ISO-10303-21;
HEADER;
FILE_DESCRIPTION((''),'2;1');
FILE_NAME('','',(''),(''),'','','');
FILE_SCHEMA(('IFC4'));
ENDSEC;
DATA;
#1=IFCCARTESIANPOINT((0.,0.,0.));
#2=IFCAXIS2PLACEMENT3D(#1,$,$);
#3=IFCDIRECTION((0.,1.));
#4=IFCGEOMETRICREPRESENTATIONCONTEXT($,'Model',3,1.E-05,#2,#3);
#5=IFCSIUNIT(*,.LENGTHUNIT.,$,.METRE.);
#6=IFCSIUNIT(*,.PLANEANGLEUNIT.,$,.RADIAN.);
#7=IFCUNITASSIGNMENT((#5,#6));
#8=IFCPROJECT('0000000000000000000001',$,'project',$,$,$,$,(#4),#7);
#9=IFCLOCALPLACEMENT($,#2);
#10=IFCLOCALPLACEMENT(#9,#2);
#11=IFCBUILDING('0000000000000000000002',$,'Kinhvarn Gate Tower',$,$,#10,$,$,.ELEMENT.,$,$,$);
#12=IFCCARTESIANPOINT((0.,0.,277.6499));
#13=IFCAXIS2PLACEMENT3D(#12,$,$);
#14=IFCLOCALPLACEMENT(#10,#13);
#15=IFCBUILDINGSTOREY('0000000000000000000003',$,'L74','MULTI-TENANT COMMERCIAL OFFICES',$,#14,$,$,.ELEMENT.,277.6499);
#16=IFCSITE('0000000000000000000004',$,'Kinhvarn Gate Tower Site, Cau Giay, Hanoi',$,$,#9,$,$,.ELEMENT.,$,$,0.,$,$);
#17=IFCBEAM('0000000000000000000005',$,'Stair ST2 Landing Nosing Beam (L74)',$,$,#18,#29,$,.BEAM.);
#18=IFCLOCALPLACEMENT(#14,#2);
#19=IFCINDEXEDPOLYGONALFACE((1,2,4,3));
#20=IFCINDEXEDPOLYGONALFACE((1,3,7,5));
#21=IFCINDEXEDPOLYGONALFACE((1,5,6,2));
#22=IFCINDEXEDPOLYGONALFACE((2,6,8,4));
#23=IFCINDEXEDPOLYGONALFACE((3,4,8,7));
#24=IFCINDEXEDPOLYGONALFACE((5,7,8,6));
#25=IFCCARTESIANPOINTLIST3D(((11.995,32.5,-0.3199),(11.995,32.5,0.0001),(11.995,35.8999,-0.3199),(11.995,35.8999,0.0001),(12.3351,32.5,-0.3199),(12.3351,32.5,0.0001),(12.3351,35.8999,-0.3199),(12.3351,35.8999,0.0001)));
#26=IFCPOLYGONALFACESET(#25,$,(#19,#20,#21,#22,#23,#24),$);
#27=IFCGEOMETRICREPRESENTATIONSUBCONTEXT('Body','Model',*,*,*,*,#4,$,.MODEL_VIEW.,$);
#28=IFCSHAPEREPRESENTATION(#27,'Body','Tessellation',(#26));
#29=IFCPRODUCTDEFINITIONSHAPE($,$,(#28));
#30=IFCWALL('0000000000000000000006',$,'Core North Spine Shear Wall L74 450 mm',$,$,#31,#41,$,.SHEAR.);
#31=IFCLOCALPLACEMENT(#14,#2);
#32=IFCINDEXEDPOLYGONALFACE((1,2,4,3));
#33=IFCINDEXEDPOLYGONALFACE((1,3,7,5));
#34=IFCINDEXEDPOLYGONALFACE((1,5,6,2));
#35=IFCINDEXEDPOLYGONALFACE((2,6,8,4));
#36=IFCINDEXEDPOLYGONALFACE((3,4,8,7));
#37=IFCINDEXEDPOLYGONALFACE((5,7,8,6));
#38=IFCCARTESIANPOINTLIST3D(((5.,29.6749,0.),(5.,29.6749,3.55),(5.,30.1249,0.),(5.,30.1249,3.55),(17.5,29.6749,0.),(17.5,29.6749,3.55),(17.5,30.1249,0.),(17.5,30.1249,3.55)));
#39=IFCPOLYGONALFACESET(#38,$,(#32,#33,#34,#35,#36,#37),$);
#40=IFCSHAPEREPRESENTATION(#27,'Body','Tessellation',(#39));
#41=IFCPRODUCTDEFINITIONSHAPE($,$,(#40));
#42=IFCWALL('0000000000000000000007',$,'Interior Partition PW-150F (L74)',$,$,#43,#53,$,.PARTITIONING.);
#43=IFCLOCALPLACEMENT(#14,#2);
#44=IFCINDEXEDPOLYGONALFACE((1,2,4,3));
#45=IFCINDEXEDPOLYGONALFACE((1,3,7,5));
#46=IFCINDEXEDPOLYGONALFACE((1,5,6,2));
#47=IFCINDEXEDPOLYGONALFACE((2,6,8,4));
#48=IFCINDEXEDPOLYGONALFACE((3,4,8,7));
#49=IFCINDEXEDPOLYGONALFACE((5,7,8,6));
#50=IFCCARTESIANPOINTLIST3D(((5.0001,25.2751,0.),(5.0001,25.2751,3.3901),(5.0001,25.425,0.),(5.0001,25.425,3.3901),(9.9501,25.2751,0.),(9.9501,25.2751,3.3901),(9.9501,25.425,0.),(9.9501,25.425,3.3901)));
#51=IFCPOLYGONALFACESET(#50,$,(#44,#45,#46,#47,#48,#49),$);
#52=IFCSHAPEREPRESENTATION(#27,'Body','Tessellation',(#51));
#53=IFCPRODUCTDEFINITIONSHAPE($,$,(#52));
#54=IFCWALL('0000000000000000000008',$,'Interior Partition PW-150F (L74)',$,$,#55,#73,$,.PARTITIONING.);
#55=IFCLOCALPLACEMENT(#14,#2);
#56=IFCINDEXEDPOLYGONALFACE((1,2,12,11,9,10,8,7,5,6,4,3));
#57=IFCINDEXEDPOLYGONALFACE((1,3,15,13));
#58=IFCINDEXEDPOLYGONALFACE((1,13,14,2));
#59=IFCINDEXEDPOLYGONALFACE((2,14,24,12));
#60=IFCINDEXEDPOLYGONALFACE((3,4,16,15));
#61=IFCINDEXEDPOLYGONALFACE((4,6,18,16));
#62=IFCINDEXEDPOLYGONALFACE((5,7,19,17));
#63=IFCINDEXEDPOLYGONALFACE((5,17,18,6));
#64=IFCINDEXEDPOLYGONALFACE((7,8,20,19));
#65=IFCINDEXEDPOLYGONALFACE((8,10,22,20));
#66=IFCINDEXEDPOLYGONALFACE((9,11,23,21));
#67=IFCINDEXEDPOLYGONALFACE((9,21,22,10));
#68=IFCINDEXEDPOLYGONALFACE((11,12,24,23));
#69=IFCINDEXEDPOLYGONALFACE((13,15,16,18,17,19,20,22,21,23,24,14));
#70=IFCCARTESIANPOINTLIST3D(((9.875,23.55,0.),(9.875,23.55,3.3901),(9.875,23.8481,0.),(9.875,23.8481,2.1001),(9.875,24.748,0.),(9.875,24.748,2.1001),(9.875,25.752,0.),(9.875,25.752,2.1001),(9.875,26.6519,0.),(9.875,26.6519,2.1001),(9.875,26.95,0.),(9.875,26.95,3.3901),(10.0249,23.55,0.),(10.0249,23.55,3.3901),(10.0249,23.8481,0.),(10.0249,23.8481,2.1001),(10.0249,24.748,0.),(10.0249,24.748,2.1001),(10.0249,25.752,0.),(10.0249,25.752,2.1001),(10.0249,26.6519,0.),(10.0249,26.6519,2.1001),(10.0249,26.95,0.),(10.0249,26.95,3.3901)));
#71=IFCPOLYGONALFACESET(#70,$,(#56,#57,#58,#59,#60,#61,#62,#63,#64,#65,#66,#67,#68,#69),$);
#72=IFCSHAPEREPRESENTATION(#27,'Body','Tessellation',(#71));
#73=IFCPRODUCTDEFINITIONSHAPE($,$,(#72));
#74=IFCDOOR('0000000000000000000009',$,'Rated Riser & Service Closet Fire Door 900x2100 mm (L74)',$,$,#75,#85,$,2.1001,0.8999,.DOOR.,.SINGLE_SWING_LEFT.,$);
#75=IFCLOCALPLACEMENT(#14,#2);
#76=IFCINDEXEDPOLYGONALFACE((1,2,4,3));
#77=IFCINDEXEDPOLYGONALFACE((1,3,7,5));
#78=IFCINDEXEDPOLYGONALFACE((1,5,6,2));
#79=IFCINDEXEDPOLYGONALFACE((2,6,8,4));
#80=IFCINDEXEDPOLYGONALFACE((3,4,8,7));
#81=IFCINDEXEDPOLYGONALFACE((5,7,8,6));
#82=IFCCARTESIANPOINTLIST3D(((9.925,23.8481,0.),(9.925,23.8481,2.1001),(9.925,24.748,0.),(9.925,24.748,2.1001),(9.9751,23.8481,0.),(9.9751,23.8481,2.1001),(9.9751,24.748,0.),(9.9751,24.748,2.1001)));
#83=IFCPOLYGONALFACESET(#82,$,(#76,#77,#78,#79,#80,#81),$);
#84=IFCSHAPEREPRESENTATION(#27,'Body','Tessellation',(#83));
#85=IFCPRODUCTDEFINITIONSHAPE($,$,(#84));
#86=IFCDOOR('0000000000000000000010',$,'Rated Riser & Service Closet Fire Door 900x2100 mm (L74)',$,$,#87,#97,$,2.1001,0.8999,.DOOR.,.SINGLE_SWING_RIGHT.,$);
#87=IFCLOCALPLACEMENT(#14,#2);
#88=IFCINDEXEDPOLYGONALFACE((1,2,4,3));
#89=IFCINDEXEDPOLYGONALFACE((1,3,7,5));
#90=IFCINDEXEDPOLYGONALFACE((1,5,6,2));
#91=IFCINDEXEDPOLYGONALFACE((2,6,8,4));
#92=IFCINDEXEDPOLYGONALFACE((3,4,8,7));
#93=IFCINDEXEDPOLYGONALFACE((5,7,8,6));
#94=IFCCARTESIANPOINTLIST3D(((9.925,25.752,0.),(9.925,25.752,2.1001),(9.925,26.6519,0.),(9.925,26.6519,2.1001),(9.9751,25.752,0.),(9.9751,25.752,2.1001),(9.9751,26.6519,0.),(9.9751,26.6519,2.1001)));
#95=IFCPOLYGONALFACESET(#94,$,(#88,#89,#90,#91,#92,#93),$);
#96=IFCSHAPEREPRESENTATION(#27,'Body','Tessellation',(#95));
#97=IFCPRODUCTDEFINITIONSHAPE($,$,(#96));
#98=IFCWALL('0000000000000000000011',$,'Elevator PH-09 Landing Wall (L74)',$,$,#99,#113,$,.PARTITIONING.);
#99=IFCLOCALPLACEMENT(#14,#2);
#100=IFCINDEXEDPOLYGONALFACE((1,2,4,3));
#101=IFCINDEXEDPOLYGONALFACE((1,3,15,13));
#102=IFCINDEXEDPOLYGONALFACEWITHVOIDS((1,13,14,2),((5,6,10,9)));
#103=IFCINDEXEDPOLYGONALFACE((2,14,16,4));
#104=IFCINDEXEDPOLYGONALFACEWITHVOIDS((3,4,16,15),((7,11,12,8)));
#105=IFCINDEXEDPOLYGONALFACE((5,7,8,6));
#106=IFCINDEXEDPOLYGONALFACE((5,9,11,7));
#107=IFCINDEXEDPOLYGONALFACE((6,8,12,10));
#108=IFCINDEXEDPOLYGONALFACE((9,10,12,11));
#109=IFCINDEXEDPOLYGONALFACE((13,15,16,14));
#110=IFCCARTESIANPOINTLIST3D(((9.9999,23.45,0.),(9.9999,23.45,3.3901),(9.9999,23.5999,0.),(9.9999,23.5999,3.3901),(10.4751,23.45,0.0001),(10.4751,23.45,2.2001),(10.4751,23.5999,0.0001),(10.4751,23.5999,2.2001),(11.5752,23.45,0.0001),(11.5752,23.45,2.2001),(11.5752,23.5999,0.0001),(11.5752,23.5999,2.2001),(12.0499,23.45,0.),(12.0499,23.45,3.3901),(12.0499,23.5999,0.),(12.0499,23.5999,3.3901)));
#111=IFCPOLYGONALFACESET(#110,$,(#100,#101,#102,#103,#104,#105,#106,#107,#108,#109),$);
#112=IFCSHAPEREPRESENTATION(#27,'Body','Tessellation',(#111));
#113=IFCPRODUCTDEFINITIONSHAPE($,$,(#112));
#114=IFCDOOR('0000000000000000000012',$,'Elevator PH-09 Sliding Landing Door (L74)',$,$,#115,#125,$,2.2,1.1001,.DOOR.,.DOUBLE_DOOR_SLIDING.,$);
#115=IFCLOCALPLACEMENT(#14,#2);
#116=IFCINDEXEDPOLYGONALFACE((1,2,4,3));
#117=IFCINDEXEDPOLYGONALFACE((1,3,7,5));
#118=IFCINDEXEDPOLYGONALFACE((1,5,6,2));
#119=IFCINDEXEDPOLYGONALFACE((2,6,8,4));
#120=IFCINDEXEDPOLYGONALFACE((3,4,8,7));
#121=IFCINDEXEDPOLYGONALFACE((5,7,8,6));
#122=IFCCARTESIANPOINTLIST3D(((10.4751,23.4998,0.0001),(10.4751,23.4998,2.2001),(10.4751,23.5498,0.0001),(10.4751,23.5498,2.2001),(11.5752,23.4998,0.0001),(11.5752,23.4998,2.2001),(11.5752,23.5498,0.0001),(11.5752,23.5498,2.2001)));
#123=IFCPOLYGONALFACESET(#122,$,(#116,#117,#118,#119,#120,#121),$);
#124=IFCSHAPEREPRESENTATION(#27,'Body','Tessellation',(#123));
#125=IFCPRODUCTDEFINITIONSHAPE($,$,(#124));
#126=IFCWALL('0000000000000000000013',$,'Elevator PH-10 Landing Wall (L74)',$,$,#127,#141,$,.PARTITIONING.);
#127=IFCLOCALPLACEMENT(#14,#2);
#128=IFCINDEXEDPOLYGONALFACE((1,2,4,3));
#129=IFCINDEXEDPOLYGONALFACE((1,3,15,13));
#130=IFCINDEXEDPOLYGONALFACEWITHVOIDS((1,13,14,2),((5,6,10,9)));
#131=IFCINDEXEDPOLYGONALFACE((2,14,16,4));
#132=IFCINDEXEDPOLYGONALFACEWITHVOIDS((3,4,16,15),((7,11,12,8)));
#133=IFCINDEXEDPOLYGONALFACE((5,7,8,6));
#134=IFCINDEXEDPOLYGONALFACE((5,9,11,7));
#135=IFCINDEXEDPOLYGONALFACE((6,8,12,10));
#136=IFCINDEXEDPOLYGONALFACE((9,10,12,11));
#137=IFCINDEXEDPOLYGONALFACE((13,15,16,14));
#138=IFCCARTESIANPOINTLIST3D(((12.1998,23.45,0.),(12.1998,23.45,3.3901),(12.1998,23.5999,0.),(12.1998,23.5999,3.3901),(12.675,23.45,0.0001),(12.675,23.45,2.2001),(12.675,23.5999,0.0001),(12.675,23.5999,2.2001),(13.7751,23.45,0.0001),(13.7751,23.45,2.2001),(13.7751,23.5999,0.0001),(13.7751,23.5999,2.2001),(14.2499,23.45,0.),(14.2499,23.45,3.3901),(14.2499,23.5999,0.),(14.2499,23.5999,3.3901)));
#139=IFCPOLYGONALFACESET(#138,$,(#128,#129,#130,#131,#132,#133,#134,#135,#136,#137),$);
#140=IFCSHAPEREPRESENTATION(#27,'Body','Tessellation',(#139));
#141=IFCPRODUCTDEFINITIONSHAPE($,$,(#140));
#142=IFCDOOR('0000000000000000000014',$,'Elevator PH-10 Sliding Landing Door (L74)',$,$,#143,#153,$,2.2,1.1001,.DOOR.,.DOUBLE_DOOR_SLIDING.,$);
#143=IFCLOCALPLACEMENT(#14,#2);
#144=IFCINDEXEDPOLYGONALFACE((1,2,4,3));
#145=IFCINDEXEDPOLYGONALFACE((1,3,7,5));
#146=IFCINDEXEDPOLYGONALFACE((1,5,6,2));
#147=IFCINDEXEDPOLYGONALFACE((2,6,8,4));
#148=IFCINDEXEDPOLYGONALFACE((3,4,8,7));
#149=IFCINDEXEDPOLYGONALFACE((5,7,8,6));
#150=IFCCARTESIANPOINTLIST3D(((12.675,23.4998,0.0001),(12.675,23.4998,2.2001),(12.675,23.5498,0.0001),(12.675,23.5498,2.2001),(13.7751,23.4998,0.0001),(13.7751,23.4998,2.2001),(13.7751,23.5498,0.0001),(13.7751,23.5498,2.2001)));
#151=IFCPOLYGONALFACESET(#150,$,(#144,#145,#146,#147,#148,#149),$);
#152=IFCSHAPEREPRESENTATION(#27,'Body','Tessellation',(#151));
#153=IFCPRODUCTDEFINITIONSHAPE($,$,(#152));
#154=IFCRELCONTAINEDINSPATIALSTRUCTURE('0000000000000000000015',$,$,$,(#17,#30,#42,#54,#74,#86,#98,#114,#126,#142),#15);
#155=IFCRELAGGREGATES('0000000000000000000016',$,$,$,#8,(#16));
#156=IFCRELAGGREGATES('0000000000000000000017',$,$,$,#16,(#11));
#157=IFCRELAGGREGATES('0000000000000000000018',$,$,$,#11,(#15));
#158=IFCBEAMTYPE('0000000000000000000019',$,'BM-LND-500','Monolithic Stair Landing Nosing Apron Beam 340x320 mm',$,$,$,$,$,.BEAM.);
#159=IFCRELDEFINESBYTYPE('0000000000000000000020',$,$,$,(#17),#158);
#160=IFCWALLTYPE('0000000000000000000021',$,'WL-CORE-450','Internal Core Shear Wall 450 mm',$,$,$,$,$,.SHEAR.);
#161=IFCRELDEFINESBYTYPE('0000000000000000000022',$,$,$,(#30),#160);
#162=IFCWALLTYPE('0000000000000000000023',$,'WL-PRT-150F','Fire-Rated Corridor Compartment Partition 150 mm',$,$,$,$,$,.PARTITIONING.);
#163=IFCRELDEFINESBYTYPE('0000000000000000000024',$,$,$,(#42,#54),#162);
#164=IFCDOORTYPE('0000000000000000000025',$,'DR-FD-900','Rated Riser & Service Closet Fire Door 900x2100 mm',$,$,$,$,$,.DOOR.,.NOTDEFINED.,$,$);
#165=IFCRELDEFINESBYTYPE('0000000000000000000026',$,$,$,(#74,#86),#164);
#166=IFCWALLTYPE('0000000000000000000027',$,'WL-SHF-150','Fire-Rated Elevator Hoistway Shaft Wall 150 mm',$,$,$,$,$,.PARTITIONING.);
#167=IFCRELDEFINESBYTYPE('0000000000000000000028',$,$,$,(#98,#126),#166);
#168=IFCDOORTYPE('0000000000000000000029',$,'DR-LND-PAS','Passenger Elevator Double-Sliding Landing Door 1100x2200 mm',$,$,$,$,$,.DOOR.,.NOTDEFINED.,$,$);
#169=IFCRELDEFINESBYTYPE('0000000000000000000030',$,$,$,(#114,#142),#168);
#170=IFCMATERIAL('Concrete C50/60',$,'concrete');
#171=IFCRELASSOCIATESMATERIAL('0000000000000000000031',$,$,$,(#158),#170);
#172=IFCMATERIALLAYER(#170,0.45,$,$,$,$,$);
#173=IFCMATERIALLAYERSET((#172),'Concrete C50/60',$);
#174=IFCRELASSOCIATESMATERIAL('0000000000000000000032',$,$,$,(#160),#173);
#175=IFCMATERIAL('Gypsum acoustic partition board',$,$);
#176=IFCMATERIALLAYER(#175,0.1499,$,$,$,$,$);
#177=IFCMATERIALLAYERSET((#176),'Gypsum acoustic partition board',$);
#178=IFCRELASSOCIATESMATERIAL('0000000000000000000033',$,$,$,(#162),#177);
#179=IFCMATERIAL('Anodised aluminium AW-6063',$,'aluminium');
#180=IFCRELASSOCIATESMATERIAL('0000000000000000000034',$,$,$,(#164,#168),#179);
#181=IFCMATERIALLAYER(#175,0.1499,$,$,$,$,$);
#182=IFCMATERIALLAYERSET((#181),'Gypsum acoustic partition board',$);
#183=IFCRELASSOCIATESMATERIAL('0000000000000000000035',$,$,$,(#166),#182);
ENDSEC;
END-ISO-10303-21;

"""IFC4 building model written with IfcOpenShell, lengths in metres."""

from ifc_helpers import new_model, si_unit, direction, frame, frame_2d, origin, origin_2d, place, context, subcontext, project, spatial, rectangle, extrude, material, layer, layer_set, material_profile, profile_set, type_object, element, fill, save


model = new_model("IFC4")

# Units and contexts
model_context = context("Model", 3, precision=1e-05, world=origin(), true_north=direction((0.0, 1.0)))
body_context = subcontext(model_context, "Body", "Model", "MODEL_VIEW")
ifc_project = project(units=[si_unit("LENGTHUNIT", "METRE"), si_unit("PLANEANGLEUNIT", "RADIAN")], contexts=[model_context])

# Site, building, storey
site_placement = place(None, origin())
site = spatial("IfcSite", under=ifc_project, at=site_placement, Name="Kinhvarn Gate Tower Site, Cau Giay, Hanoi", CompositionType="ELEMENT", RefElevation=0.0)
building_placement = place(site_placement, origin())
building = spatial("IfcBuilding", under=site, at=building_placement, Name="Kinhvarn Gate Tower", CompositionType="ELEMENT")
storey_placement = place(building_placement, frame((0.0, 0.0, 277.6499)))
storey = spatial("IfcBuildingStorey", under=building, at=storey_placement, Name="L74", Description="MULTI-TENANT COMMERCIAL OFFICES", CompositionType="ELEMENT", Elevation=277.6499)

# Beam
ifc_material_1 = material(Name="Concrete C50/60", Category="concrete")
ifc_material_profile = material_profile(ifc_material_1, rectangle(XDim=0.3401, YDim=0.3201, at=origin_2d()), Name="RC 340x320")
ifc_profile_set = profile_set([ifc_material_profile], Name="Concrete C50/60")
beam_type = type_object("IfcBeamType", Name="BM-LND-500", Description="Monolithic Stair Landing Nosing Apron Beam 340x320 mm", PredefinedType="BEAM", material=ifc_profile_set)
beam_placement = place(storey_placement, frame((12.165, 32.5, -0.1599), z_axis=(0.0, 1.0, 0.0), x_axis=(-1.0, 0.0, 0.0)))
element("IfcBeam", 1, at=beam_placement, inside=storey, type_object=beam_type, Name="Stair ST2 Landing Nosing Beam (L74)", PredefinedType="BEAM", context=body_context, shape_type="SweptSolid", body=[
    extrude(rectangle(XDim=0.3401, YDim=0.3201, at=origin_2d()), origin(), (0.0, 0.0, 1.0), 3.3999),
])

# Walls
ifc_layer_1 = layer(ifc_material_1, 0.45)
ifc_layer_set_1 = layer_set([ifc_layer_1], Name="Concrete C50/60")
wall_type_1 = type_object("IfcWallType", Name="WL-CORE-450", Description="Internal Core Shear Wall 450 mm", PredefinedType="SHEAR", material=ifc_layer_set_1)
wall_1_placement = place(storey_placement, frame((5.0, 29.8999, 0.0), z_axis=(0.0, 0.0, 1.0), x_axis=(1.0, 0.0, 0.0)))
element("IfcWall", 2, at=wall_1_placement, inside=storey, type_object=wall_type_1, Name="Core North Spine Shear Wall L74 450 mm", PredefinedType="SHEAR", context=body_context, shape_type="SweptSolid", body=[
    extrude(rectangle(XDim=12.5, YDim=0.45, at=frame_2d((6.25, 0.0))), origin(), (0.0, 0.0, 1.0), 3.55),
])
ifc_material_2 = material(Name="Gypsum acoustic partition board")
ifc_layer_2 = layer(ifc_material_2, 0.1499)
ifc_layer_set_2 = layer_set([ifc_layer_2], Name="Gypsum acoustic partition board")
wall_type_2 = type_object("IfcWallType", Name="WL-PRT-150F", Description="Fire-Rated Corridor Compartment Partition 150 mm", PredefinedType="PARTITIONING", material=ifc_layer_set_2)
wall_2_placement = place(storey_placement, frame((5.0, 25.3501, 0.0), z_axis=(0.0, 0.0, 1.0), x_axis=(1.0, 0.0, 0.0)))
element("IfcWall", 3, at=wall_2_placement, inside=storey, type_object=wall_type_2, Name="Interior Partition PW-150F (L74)", PredefinedType="PARTITIONING", context=body_context, shape_type="SweptSolid", body=[
    extrude(rectangle(XDim=4.95, YDim=0.1499, at=frame_2d((2.4751, 0.0))), origin(), (0.0, 0.0, 1.0), 3.3901),
])

# Wall, openings, doors
wall_3_placement = place(storey_placement, frame((9.95, 23.55, 0.0), z_axis=(0.0, 0.0, 1.0), x_axis=(0.0, 1.0, 0.0)))
wall_3 = element("IfcWall", 4, at=wall_3_placement, inside=storey, type_object=wall_type_2, Name="Interior Partition PW-150F (L74)", PredefinedType="PARTITIONING", context=body_context, shape_type="SweptSolid", body=[
    extrude(rectangle(XDim=3.3999, YDim=0.1499, at=frame_2d((1.7, 0.0))), origin(), (0.0, 0.0, 1.0), 3.3901),
])
opening_1_placement = place(wall_3_placement, frame((0.2981, 0.0, 0.0)))
opening_1 = element("IfcOpeningElement", 5, at=opening_1_placement, cuts=wall_3, PredefinedType="OPENING", context=body_context, shape_type="SweptSolid", body=[
    extrude(rectangle(XDim=0.8999, YDim=2.1001, at=frame_2d((0.45, 1.05))), frame((0.0, 0.085, 0.0), z_axis=(0.0, -1.0, 0.0), x_axis=(1.0, 0.0, 0.0)), (0.0, 0.0, 1.0), 0.1699),
])
opening_2_placement = place(wall_3_placement, frame((2.2019, 0.0, 0.0)))
opening_2 = element("IfcOpeningElement", 6, at=opening_2_placement, cuts=wall_3, PredefinedType="OPENING", context=body_context, shape_type="SweptSolid", body=[
    extrude(rectangle(XDim=0.8999, YDim=2.1001, at=frame_2d((0.45, 1.05))), frame((0.0, 0.085, 0.0), z_axis=(0.0, -1.0, 0.0), x_axis=(1.0, 0.0, 0.0)), (0.0, 0.0, 1.0), 0.1699),
])
ifc_material_3 = material(Name="Anodised aluminium AW-6063", Category="aluminium")
door_type_1 = type_object("IfcDoorType", Name="DR-FD-900", Description="Rated Riser & Service Closet Fire Door 900x2100 mm", OperationType="NOTDEFINED", PredefinedType="DOOR", material=ifc_material_3)
door_1_placement = place(opening_1_placement, origin())
door_1 = element("IfcDoor", 7, at=door_1_placement, inside=storey, type_object=door_type_1, Name="Rated Riser & Service Closet Fire Door 900x2100 mm (L74)", OperationType="SINGLE_SWING_LEFT", OverallHeight=2.1001, OverallWidth=0.8999, PredefinedType="DOOR", context=body_context, shape_type="SweptSolid", body=[
    extrude(rectangle(XDim=0.8999, YDim=2.1001, at=frame_2d((0.45, 1.05))), frame((0.0, 0.0249, 0.0), z_axis=(0.0, -1.0, 0.0), x_axis=(1.0, 0.0, 0.0)), (0.0, 0.0, 1.0), 0.05),
])
fill(opening_1, door_1)
door_2_placement = place(opening_2_placement, origin())
door_2 = element("IfcDoor", 8, at=door_2_placement, inside=storey, type_object=door_type_1, Name="Rated Riser & Service Closet Fire Door 900x2100 mm (L74)", OperationType="SINGLE_SWING_RIGHT", OverallHeight=2.1001, OverallWidth=0.8999, PredefinedType="DOOR", context=body_context, shape_type="SweptSolid", body=[
    extrude(rectangle(XDim=0.8999, YDim=2.1001, at=frame_2d((0.45, 1.05))), frame((0.0, 0.0249, 0.0), z_axis=(0.0, -1.0, 0.0), x_axis=(1.0, 0.0, 0.0)), (0.0, 0.0, 1.0), 0.05),
])
fill(opening_2, door_2)

# Walls, openings, doors
ifc_layer_3 = layer(ifc_material_2, 0.1499)
ifc_layer_set_3 = layer_set([ifc_layer_3], Name="Gypsum acoustic partition board")
wall_type_3 = type_object("IfcWallType", Name="WL-SHF-150", Description="Fire-Rated Elevator Hoistway Shaft Wall 150 mm", PredefinedType="PARTITIONING", material=ifc_layer_set_3)
wall_4_placement = place(storey_placement, frame((10.0, 23.5249, 0.0), z_axis=(0.0, 0.0, 1.0), x_axis=(1.0, 0.0, 0.0)))
wall_4 = element("IfcWall", 9, at=wall_4_placement, inside=storey, type_object=wall_type_3, Name="Elevator PH-09 Landing Wall (L74)", PredefinedType="PARTITIONING", context=body_context, shape_type="SweptSolid", body=[
    extrude(rectangle(XDim=2.05, YDim=0.1499, at=frame_2d((1.0249, 0.0))), origin(), (0.0, 0.0, 1.0), 3.3901),
])
opening_3_placement = place(wall_4_placement, frame((0.4751, 0.0, 0.0)))
opening_3 = element("IfcOpeningElement", 10, at=opening_3_placement, cuts=wall_4, PredefinedType="OPENING", context=body_context, shape_type="SweptSolid", body=[
    extrude(rectangle(XDim=1.1001, YDim=2.2, at=frame_2d((0.55, 1.1001))), frame((0.0, 0.085, 0.0), z_axis=(0.0, -1.0, 0.0), x_axis=(1.0, 0.0, 0.0)), (0.0, 0.0, 1.0), 0.1699),
])
door_type_2 = type_object("IfcDoorType", Name="DR-LND-PAS", Description="Passenger Elevator Double-Sliding Landing Door 1100x2200 mm", OperationType="NOTDEFINED", PredefinedType="DOOR", material=ifc_material_3)
door_3_placement = place(opening_3_placement, origin())
door_3 = element("IfcDoor", 11, at=door_3_placement, inside=storey, type_object=door_type_2, Name="Elevator PH-09 Sliding Landing Door (L74)", OperationType="DOUBLE_DOOR_SLIDING", OverallHeight=2.2, OverallWidth=1.1001, PredefinedType="DOOR", context=body_context, shape_type="SweptSolid", body=[
    extrude(rectangle(XDim=1.1001, YDim=2.2, at=frame_2d((0.55, 1.1001))), frame((0.0, 0.0249, 0.0), z_axis=(0.0, -1.0, 0.0), x_axis=(1.0, 0.0, 0.0)), (0.0, 0.0, 1.0), 0.05),
])
fill(opening_3, door_3)
wall_5_placement = place(storey_placement, frame((12.2, 23.5249, 0.0), z_axis=(0.0, 0.0, 1.0), x_axis=(1.0, 0.0, 0.0)))
wall_5 = element("IfcWall", 12, at=wall_5_placement, inside=storey, type_object=wall_type_3, Name="Elevator PH-10 Landing Wall (L74)", PredefinedType="PARTITIONING", context=body_context, shape_type="SweptSolid", body=[
    extrude(rectangle(XDim=2.05, YDim=0.1499, at=frame_2d((1.0249, 0.0))), origin(), (0.0, 0.0, 1.0), 3.3901),
])
opening_4_placement = place(wall_5_placement, frame((0.4751, 0.0, 0.0)))
opening_4 = element("IfcOpeningElement", 13, at=opening_4_placement, cuts=wall_5, PredefinedType="OPENING", context=body_context, shape_type="SweptSolid", body=[
    extrude(rectangle(XDim=1.1001, YDim=2.2, at=frame_2d((0.55, 1.1001))), frame((0.0, 0.085, 0.0), z_axis=(0.0, -1.0, 0.0), x_axis=(1.0, 0.0, 0.0)), (0.0, 0.0, 1.0), 0.1699),
])
door_4_placement = place(opening_4_placement, origin())
door_4 = element("IfcDoor", 14, at=door_4_placement, inside=storey, type_object=door_type_2, Name="Elevator PH-10 Sliding Landing Door (L74)", OperationType="DOUBLE_DOOR_SLIDING", OverallHeight=2.2, OverallWidth=1.1001, PredefinedType="DOOR", context=body_context, shape_type="SweptSolid", body=[
    extrude(rectangle(XDim=1.1001, YDim=2.2, at=frame_2d((0.55, 1.1001))), frame((0.0, 0.0249, 0.0), z_axis=(0.0, -1.0, 0.0), x_axis=(1.0, 0.0, 0.0)), (0.0, 0.0, 1.0), 0.05),
])
fill(opening_4, door_4)

save(model, "model.ifc")
